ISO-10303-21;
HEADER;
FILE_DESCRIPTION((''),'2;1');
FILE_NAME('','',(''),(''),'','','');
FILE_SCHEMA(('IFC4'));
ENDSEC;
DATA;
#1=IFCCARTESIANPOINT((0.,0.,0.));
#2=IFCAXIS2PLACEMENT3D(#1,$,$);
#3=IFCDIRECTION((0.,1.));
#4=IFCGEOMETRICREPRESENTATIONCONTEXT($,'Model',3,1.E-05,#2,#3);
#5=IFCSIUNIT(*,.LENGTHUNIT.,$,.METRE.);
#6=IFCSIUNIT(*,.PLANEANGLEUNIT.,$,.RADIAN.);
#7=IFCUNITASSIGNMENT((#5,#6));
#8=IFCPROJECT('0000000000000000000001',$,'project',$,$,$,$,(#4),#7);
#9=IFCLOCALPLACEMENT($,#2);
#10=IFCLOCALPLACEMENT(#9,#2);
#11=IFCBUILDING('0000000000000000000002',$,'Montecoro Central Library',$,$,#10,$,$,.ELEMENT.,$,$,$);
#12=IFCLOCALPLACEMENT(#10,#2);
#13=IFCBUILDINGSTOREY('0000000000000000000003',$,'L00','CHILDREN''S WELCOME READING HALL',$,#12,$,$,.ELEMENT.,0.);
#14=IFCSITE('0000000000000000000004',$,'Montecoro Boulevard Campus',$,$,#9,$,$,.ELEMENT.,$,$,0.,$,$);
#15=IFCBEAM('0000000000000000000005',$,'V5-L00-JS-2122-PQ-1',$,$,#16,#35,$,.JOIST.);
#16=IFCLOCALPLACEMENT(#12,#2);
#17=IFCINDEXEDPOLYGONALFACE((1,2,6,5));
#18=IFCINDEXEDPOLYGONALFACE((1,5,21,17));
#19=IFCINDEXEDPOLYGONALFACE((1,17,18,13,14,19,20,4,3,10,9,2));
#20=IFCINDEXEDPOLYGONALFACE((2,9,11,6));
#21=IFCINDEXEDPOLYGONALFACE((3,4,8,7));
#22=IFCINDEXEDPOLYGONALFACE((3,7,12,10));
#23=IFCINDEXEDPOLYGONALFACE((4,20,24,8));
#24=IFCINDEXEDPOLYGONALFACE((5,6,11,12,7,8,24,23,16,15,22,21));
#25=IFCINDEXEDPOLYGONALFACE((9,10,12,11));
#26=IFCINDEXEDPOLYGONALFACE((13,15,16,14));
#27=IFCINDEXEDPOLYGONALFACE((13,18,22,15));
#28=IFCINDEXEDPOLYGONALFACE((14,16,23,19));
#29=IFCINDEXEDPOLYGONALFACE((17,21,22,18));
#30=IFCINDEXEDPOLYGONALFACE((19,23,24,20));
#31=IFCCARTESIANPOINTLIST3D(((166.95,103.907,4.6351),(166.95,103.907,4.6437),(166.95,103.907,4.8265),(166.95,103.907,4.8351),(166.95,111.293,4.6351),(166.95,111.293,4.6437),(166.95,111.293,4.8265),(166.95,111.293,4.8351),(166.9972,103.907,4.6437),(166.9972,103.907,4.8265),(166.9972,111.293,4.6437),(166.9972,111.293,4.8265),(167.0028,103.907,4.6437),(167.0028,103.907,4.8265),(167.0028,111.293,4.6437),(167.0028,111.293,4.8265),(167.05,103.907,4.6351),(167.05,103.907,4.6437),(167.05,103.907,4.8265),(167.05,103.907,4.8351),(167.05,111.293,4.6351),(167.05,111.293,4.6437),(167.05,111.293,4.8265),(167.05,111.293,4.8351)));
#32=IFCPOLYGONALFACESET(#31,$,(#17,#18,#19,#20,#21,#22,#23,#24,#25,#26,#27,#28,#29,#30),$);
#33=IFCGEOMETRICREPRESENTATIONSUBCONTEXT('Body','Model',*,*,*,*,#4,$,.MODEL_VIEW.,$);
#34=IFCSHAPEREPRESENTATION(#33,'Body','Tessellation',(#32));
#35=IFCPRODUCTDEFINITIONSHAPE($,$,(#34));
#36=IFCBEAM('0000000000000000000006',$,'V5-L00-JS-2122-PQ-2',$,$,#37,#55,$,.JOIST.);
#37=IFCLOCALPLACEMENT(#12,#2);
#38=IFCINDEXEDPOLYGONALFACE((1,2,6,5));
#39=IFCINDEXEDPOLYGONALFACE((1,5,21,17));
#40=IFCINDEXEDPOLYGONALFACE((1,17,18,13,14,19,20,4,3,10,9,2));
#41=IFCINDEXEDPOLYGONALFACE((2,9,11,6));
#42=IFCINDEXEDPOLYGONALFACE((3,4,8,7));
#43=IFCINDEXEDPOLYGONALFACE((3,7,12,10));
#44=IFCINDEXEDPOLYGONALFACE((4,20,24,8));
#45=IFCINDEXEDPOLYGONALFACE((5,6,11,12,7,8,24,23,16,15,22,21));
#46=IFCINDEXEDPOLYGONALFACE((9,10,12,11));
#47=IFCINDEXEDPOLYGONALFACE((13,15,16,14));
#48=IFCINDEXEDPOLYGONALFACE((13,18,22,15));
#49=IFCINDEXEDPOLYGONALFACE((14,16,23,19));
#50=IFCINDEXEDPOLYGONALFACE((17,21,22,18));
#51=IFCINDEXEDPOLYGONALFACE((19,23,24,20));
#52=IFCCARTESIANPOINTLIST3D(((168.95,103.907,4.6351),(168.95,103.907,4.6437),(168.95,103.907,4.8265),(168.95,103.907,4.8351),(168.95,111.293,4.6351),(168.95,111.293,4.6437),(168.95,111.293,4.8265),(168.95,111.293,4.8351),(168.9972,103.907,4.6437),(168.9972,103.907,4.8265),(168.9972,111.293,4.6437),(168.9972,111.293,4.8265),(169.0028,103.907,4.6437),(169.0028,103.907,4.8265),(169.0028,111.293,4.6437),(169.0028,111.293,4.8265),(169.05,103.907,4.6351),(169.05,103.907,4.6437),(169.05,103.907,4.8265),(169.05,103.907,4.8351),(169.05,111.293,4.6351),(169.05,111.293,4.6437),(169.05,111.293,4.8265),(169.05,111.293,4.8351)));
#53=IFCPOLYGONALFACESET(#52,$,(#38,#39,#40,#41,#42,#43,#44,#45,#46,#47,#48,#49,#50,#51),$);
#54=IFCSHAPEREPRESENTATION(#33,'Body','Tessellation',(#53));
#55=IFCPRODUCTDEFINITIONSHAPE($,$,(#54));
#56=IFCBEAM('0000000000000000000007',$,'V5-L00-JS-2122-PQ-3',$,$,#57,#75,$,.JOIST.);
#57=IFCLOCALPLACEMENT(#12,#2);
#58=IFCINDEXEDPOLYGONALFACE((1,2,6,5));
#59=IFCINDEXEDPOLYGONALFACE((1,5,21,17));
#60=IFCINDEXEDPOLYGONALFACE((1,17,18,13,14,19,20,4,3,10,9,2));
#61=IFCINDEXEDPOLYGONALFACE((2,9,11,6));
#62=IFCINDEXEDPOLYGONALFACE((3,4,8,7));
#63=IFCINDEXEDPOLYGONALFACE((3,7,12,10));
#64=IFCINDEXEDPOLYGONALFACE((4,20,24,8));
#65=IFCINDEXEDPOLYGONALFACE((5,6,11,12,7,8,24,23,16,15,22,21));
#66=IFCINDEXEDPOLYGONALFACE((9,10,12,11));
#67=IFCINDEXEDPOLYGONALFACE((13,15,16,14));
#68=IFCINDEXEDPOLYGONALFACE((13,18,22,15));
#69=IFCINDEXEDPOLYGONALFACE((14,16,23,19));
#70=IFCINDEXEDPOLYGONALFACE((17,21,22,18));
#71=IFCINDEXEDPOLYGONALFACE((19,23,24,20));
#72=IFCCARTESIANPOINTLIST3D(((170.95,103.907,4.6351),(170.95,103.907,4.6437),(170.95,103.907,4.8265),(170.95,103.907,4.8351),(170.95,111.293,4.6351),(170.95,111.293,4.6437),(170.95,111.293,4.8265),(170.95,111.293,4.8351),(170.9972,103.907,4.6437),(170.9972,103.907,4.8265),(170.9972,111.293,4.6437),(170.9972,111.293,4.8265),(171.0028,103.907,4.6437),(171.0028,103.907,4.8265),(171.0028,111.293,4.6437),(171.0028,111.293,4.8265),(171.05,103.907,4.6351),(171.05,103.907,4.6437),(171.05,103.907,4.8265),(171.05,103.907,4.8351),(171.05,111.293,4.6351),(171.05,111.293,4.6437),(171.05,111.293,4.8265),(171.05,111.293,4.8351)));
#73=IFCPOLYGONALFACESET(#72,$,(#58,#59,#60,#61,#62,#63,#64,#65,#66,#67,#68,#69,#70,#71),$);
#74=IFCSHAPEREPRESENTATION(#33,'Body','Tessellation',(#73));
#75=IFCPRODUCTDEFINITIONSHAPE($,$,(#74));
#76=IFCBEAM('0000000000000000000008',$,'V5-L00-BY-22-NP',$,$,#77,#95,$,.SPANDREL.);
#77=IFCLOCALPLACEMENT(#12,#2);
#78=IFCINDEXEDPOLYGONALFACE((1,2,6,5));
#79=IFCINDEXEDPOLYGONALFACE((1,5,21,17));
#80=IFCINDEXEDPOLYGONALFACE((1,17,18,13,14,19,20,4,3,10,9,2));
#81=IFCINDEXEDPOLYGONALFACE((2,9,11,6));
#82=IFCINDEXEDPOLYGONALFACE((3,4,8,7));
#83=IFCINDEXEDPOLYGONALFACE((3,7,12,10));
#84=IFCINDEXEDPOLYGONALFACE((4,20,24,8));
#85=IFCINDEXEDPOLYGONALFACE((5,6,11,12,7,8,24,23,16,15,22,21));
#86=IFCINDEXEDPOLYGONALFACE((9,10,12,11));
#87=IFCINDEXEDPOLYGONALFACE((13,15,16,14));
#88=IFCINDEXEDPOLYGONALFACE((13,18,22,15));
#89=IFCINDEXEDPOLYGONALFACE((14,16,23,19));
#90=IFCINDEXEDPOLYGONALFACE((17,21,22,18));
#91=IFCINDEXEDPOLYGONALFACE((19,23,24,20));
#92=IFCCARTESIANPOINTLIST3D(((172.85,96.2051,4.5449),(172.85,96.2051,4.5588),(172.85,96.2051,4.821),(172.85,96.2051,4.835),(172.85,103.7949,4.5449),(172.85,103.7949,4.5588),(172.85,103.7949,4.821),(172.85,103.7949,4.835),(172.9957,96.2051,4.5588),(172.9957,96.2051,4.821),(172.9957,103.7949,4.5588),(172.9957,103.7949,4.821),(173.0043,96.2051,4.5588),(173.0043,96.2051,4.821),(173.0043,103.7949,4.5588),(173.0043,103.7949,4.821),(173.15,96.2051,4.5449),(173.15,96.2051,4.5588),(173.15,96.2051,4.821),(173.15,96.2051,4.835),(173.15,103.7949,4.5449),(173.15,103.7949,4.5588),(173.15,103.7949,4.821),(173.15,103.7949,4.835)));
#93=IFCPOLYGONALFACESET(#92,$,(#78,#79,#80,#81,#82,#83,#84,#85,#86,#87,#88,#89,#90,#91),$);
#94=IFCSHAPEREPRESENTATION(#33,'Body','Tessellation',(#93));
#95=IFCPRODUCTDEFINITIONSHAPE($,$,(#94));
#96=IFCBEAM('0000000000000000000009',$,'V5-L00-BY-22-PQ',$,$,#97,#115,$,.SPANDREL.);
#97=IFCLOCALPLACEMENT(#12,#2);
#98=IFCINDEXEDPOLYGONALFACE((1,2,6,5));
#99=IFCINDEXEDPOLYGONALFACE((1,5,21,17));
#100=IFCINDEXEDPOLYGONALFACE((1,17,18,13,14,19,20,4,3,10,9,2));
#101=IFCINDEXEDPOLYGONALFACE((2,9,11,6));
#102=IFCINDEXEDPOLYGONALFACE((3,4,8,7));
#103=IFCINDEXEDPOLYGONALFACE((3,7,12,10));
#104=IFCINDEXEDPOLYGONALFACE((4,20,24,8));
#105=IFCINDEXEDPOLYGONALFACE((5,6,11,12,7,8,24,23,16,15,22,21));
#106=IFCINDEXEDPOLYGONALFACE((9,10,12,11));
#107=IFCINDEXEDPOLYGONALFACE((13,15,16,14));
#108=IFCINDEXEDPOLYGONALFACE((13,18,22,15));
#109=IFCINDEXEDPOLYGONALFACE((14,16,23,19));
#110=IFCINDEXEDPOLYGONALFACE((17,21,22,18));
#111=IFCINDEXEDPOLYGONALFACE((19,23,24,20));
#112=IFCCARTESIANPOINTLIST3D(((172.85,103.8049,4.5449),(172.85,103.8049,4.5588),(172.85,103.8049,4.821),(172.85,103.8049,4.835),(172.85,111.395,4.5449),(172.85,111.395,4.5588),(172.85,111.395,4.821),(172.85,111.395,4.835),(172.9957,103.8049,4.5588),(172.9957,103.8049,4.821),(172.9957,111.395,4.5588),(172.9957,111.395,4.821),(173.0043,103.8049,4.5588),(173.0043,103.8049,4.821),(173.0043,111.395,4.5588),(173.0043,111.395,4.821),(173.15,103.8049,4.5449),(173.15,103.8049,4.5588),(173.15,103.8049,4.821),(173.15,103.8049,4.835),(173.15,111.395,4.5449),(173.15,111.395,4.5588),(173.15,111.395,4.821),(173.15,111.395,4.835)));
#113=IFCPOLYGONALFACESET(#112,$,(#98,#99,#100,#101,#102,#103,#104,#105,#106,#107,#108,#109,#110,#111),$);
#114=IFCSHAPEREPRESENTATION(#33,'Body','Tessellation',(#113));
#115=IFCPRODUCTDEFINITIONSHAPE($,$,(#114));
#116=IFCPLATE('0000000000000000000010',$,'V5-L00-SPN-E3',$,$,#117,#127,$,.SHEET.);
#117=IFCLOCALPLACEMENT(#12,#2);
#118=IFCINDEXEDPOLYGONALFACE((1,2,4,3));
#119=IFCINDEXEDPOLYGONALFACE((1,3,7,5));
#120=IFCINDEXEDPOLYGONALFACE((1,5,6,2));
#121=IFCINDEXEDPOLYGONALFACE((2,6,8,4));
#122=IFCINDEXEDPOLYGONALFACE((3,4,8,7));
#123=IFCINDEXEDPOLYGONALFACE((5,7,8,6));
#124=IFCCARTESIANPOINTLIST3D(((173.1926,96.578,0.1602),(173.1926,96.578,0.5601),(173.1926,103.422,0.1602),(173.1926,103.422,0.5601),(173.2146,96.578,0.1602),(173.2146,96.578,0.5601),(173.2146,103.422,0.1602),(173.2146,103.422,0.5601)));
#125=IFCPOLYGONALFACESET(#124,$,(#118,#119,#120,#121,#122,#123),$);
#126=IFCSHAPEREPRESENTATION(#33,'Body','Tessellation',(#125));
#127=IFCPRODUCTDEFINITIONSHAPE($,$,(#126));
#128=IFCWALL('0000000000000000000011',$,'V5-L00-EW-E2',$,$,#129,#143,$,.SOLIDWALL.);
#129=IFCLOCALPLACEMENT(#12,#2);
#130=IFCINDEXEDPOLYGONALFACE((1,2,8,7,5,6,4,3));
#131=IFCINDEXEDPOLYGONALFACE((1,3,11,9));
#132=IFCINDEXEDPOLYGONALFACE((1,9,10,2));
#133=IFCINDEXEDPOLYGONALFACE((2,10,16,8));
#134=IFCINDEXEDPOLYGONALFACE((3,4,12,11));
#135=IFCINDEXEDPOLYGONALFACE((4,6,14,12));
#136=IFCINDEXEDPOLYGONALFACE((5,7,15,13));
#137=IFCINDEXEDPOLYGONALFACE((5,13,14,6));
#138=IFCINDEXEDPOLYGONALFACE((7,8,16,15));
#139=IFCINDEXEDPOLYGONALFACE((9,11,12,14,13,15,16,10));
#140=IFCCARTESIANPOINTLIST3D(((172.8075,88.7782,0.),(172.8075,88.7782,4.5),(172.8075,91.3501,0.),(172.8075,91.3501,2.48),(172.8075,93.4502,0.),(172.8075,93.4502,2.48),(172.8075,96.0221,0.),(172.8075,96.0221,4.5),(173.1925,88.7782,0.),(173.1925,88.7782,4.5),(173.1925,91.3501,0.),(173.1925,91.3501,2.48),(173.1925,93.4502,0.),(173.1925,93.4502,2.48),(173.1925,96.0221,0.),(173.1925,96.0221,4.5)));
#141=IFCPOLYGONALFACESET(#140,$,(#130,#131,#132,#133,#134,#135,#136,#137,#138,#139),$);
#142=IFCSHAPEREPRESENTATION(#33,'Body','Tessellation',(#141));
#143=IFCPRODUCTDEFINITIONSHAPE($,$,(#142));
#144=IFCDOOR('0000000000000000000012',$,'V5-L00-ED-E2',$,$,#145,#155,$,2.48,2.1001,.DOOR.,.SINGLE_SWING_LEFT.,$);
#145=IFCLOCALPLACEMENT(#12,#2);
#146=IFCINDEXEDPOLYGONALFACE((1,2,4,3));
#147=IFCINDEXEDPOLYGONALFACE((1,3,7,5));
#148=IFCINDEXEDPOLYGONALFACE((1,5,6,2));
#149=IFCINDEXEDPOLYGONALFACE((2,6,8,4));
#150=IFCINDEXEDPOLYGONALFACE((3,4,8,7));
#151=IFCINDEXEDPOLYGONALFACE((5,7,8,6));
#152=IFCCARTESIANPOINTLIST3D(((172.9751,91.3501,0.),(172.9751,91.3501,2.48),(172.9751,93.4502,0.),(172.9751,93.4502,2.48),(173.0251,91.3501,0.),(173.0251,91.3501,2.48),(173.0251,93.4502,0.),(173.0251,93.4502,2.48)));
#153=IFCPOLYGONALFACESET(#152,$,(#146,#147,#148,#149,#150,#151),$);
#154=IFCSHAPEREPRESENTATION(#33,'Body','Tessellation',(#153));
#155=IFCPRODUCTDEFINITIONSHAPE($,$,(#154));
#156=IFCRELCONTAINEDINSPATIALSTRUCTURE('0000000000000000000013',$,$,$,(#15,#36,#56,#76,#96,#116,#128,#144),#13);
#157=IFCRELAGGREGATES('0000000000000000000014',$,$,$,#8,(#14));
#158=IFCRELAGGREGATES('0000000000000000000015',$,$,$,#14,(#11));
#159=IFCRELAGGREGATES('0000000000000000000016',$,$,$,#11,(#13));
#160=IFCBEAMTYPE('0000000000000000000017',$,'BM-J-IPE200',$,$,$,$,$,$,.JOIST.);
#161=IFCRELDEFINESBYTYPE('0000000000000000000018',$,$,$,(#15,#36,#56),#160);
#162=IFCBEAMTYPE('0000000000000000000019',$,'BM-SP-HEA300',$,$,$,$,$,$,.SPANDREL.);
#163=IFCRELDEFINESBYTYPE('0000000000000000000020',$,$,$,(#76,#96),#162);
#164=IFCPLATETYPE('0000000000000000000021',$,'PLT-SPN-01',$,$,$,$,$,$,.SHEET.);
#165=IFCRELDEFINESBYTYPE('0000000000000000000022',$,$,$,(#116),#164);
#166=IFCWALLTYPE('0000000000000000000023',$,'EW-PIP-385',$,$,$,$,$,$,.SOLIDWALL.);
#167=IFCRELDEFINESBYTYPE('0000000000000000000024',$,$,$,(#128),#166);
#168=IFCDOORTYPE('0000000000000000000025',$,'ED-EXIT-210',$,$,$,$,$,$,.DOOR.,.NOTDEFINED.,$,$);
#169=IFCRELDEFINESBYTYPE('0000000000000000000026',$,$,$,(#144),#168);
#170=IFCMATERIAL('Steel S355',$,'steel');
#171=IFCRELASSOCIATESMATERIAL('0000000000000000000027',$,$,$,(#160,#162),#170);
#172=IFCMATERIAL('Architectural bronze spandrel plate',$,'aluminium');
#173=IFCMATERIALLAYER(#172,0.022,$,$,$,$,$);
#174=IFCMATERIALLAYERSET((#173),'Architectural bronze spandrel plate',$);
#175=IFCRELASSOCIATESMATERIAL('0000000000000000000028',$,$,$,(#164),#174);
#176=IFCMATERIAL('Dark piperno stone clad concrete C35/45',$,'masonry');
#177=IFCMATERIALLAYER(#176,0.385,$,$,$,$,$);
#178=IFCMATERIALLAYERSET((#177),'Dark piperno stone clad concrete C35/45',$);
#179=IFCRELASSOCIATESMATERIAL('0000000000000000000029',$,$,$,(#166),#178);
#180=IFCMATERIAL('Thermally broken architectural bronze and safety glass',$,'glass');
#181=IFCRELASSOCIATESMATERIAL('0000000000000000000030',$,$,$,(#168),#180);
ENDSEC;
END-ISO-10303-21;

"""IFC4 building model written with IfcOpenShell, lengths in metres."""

from ifc_helpers import new_model, si_unit, direction, frame, frame_2d, origin, origin_2d, place, context, subcontext, project, spatial, rectangle, i_section, extrude, material, layer, layer_set, material_profile, profile_set, type_object, element, fill, save


model = new_model("IFC4")

# Units and contexts
model_context = context("Model", 3, precision=1e-05, world=origin(), true_north=direction((0.0, 1.0)))
body_context = subcontext(model_context, "Body", "Model", "MODEL_VIEW")
ifc_project = project(units=[si_unit("LENGTHUNIT", "METRE"), si_unit("PLANEANGLEUNIT", "RADIAN")], contexts=[model_context])

# Site, building, storey
site_placement = place(None, origin())
site = spatial("IfcSite", under=ifc_project, at=site_placement, Name="Montecoro Boulevard Campus", CompositionType="ELEMENT", RefElevation=0.0)
building_placement = place(site_placement, origin())
building = spatial("IfcBuilding", under=site, at=building_placement, Name="Montecoro Central Library", CompositionType="ELEMENT")
storey_placement = place(building_placement, origin())
storey = spatial("IfcBuildingStorey", under=building, at=storey_placement, Name="L00", Description="CHILDREN'S WELCOME READING HALL", CompositionType="ELEMENT", Elevation=0.0)

# Beams
ifc_material_1 = material(Name="Steel S355", Category="steel")
ifc_material_profile_1 = material_profile(ifc_material_1, i_section(OverallWidth=0.1001, OverallDepth=0.2, WebThickness=0.0056, FlangeThickness=0.0085, at=origin_2d()), Name="IPE 200")
ifc_profile_set_1 = profile_set([ifc_material_profile_1], Name="Steel S355")
beam_type_1 = type_object("IfcBeamType", Name="BM-J-IPE200", PredefinedType="JOIST", material=ifc_profile_set_1)
for number, where, z_axis, x_axis, name in (
    (1, (167.0, 103.907, 4.7351), (0.0, 1.0, 0.0), (-1.0, 0.0, 0.0), "V5-L00-JS-2122-PQ-1"),
    (2, (169.0, 103.907, 4.7351), (0.0, 1.0, 0.0), (-1.0, 0.0, 0.0), "V5-L00-JS-2122-PQ-2"),
    (3, (171.0, 103.907, 4.7351), (0.0, 1.0, 0.0), (-1.0, 0.0, 0.0), "V5-L00-JS-2122-PQ-3"),
):
    element("IfcBeam", number, at=place(storey_placement, frame(where, z_axis=z_axis, x_axis=x_axis)), inside=storey, type_object=beam_type_1, Name=name, PredefinedType="JOIST", context=body_context, shape_type="SweptSolid", body=[
        extrude(i_section(OverallWidth=0.1001, OverallDepth=0.2, WebThickness=0.0056, FlangeThickness=0.0085, at=origin_2d()), origin(), (0.0, 0.0, 1.0), 7.386),
    ])
ifc_material_profile_2 = material_profile(ifc_material_1, i_section(OverallWidth=0.3, OverallDepth=0.29, WebThickness=0.0085, FlangeThickness=0.0139, at=origin_2d()), Name="HEA 300")
ifc_profile_set_2 = profile_set([ifc_material_profile_2], Name="Steel S355")
beam_type_2 = type_object("IfcBeamType", Name="BM-SP-HEA300", PredefinedType="SPANDREL", material=ifc_profile_set_2)
beam_1_placement = place(storey_placement, frame((173.0, 96.2051, 4.6899), z_axis=(0.0, 1.0, 0.0), x_axis=(-1.0, 0.0, 0.0)))
element("IfcBeam", 4, at=beam_1_placement, inside=storey, type_object=beam_type_2, Name="V5-L00-BY-22-NP", PredefinedType="SPANDREL", context=body_context, shape_type="SweptSolid", body=[
    extrude(i_section(OverallWidth=0.3, OverallDepth=0.29, WebThickness=0.0085, FlangeThickness=0.0139, at=origin_2d()), origin(), (0.0, 0.0, 1.0), 7.5898),
])
beam_2_placement = place(storey_placement, frame((173.0, 103.8049, 4.6899), z_axis=(0.0, 1.0, 0.0), x_axis=(-1.0, 0.0, 0.0)))
element("IfcBeam", 5, at=beam_2_placement, inside=storey, type_object=beam_type_2, Name="V5-L00-BY-22-PQ", PredefinedType="SPANDREL", context=body_context, shape_type="SweptSolid", body=[
    extrude(i_section(OverallWidth=0.3, OverallDepth=0.29, WebThickness=0.0085, FlangeThickness=0.0139, at=origin_2d()), origin(), (0.0, 0.0, 1.0), 7.5901),
])

# Plate
ifc_material_2 = material(Name="Architectural bronze spandrel plate", Category="aluminium")
ifc_layer_1 = layer(ifc_material_2, 0.022)
ifc_layer_set_1 = layer_set([ifc_layer_1], Name="Architectural bronze spandrel plate")
plate_type = type_object("IfcPlateType", Name="PLT-SPN-01", PredefinedType="SHEET", material=ifc_layer_set_1)
plate_placement = place(storey_placement, frame((173.2036, 100.0, 0.1602), z_axis=(0.0, 0.0, 1.0), x_axis=(0.0, 1.0, 0.0)))
element("IfcPlate", 6, at=plate_placement, inside=storey, type_object=plate_type, Name="V5-L00-SPN-E3", PredefinedType="SHEET", context=body_context, shape_type="SweptSolid", body=[
    extrude(rectangle(XDim=6.844, YDim=0.022, at=origin_2d()), origin(), (0.0, 0.0, 1.0), 0.3999),
])

# Wall, opening, door
ifc_material_3 = material(Name="Dark piperno stone clad concrete C35/45", Category="masonry")
ifc_layer_2 = layer(ifc_material_3, 0.385)
ifc_layer_set_2 = layer_set([ifc_layer_2], Name="Dark piperno stone clad concrete C35/45")
wall_type_1 = type_object("IfcWallType", Name="EW-PIP-385", PredefinedType="SOLIDWALL", material=ifc_layer_set_2)
wall_1_placement = place(storey_placement, frame((173.0, 88.7781, 0.0), z_axis=(0.0, 0.0, 1.0), x_axis=(0.0, 1.0, 0.0)))
wall_1 = element("IfcWall", 7, at=wall_1_placement, inside=storey, type_object=wall_type_1, Name="V5-L00-EW-E2", PredefinedType="SOLIDWALL", context=body_context, shape_type="SweptSolid", body=[
    extrude(rectangle(XDim=7.2439, YDim=0.385, at=frame_2d((3.6221, 0.0))), origin(), (0.0, 0.0, 1.0), 4.5),
])
opening_1_placement = place(wall_1_placement, frame((2.572, 0.0, 0.0)))
opening_1 = element("IfcOpeningElement", 8, at=opening_1_placement, cuts=wall_1, PredefinedType="OPENING", context=body_context, shape_type="SweptSolid", body=[
    extrude(rectangle(XDim=2.1001, YDim=2.48, at=frame_2d((1.05, 1.24))), frame((0.0, 0.2024, 0.0), z_axis=(0.0, -1.0, 0.0), x_axis=(1.0, 0.0, 0.0)), (0.0, 0.0, 1.0), 0.405),
])
ifc_material_4 = material(Name="Thermally broken architectural bronze and safety glass", Category="glass")
door_type = type_object("IfcDoorType", Name="ED-EXIT-210", OperationType="NOTDEFINED", PredefinedType="DOOR", material=ifc_material_4)
door_placement = place(opening_1_placement, origin())
door = element("IfcDoor", 9, at=door_placement, inside=storey, type_object=door_type, Name="V5-L00-ED-E2", OperationType="SINGLE_SWING_LEFT", OverallHeight=2.48, OverallWidth=2.1001, PredefinedType="DOOR", context=body_context, shape_type="SweptSolid", body=[
    extrude(rectangle(XDim=2.1001, YDim=2.48, at=frame_2d((1.05, 1.24))), frame((0.0, 0.0249, 0.0), z_axis=(0.0, -1.0, 0.0), x_axis=(1.0, 0.0, 0.0)), (0.0, 0.0, 1.0), 0.05),
])
fill(opening_1, door)

save(model, "model.ifc")
